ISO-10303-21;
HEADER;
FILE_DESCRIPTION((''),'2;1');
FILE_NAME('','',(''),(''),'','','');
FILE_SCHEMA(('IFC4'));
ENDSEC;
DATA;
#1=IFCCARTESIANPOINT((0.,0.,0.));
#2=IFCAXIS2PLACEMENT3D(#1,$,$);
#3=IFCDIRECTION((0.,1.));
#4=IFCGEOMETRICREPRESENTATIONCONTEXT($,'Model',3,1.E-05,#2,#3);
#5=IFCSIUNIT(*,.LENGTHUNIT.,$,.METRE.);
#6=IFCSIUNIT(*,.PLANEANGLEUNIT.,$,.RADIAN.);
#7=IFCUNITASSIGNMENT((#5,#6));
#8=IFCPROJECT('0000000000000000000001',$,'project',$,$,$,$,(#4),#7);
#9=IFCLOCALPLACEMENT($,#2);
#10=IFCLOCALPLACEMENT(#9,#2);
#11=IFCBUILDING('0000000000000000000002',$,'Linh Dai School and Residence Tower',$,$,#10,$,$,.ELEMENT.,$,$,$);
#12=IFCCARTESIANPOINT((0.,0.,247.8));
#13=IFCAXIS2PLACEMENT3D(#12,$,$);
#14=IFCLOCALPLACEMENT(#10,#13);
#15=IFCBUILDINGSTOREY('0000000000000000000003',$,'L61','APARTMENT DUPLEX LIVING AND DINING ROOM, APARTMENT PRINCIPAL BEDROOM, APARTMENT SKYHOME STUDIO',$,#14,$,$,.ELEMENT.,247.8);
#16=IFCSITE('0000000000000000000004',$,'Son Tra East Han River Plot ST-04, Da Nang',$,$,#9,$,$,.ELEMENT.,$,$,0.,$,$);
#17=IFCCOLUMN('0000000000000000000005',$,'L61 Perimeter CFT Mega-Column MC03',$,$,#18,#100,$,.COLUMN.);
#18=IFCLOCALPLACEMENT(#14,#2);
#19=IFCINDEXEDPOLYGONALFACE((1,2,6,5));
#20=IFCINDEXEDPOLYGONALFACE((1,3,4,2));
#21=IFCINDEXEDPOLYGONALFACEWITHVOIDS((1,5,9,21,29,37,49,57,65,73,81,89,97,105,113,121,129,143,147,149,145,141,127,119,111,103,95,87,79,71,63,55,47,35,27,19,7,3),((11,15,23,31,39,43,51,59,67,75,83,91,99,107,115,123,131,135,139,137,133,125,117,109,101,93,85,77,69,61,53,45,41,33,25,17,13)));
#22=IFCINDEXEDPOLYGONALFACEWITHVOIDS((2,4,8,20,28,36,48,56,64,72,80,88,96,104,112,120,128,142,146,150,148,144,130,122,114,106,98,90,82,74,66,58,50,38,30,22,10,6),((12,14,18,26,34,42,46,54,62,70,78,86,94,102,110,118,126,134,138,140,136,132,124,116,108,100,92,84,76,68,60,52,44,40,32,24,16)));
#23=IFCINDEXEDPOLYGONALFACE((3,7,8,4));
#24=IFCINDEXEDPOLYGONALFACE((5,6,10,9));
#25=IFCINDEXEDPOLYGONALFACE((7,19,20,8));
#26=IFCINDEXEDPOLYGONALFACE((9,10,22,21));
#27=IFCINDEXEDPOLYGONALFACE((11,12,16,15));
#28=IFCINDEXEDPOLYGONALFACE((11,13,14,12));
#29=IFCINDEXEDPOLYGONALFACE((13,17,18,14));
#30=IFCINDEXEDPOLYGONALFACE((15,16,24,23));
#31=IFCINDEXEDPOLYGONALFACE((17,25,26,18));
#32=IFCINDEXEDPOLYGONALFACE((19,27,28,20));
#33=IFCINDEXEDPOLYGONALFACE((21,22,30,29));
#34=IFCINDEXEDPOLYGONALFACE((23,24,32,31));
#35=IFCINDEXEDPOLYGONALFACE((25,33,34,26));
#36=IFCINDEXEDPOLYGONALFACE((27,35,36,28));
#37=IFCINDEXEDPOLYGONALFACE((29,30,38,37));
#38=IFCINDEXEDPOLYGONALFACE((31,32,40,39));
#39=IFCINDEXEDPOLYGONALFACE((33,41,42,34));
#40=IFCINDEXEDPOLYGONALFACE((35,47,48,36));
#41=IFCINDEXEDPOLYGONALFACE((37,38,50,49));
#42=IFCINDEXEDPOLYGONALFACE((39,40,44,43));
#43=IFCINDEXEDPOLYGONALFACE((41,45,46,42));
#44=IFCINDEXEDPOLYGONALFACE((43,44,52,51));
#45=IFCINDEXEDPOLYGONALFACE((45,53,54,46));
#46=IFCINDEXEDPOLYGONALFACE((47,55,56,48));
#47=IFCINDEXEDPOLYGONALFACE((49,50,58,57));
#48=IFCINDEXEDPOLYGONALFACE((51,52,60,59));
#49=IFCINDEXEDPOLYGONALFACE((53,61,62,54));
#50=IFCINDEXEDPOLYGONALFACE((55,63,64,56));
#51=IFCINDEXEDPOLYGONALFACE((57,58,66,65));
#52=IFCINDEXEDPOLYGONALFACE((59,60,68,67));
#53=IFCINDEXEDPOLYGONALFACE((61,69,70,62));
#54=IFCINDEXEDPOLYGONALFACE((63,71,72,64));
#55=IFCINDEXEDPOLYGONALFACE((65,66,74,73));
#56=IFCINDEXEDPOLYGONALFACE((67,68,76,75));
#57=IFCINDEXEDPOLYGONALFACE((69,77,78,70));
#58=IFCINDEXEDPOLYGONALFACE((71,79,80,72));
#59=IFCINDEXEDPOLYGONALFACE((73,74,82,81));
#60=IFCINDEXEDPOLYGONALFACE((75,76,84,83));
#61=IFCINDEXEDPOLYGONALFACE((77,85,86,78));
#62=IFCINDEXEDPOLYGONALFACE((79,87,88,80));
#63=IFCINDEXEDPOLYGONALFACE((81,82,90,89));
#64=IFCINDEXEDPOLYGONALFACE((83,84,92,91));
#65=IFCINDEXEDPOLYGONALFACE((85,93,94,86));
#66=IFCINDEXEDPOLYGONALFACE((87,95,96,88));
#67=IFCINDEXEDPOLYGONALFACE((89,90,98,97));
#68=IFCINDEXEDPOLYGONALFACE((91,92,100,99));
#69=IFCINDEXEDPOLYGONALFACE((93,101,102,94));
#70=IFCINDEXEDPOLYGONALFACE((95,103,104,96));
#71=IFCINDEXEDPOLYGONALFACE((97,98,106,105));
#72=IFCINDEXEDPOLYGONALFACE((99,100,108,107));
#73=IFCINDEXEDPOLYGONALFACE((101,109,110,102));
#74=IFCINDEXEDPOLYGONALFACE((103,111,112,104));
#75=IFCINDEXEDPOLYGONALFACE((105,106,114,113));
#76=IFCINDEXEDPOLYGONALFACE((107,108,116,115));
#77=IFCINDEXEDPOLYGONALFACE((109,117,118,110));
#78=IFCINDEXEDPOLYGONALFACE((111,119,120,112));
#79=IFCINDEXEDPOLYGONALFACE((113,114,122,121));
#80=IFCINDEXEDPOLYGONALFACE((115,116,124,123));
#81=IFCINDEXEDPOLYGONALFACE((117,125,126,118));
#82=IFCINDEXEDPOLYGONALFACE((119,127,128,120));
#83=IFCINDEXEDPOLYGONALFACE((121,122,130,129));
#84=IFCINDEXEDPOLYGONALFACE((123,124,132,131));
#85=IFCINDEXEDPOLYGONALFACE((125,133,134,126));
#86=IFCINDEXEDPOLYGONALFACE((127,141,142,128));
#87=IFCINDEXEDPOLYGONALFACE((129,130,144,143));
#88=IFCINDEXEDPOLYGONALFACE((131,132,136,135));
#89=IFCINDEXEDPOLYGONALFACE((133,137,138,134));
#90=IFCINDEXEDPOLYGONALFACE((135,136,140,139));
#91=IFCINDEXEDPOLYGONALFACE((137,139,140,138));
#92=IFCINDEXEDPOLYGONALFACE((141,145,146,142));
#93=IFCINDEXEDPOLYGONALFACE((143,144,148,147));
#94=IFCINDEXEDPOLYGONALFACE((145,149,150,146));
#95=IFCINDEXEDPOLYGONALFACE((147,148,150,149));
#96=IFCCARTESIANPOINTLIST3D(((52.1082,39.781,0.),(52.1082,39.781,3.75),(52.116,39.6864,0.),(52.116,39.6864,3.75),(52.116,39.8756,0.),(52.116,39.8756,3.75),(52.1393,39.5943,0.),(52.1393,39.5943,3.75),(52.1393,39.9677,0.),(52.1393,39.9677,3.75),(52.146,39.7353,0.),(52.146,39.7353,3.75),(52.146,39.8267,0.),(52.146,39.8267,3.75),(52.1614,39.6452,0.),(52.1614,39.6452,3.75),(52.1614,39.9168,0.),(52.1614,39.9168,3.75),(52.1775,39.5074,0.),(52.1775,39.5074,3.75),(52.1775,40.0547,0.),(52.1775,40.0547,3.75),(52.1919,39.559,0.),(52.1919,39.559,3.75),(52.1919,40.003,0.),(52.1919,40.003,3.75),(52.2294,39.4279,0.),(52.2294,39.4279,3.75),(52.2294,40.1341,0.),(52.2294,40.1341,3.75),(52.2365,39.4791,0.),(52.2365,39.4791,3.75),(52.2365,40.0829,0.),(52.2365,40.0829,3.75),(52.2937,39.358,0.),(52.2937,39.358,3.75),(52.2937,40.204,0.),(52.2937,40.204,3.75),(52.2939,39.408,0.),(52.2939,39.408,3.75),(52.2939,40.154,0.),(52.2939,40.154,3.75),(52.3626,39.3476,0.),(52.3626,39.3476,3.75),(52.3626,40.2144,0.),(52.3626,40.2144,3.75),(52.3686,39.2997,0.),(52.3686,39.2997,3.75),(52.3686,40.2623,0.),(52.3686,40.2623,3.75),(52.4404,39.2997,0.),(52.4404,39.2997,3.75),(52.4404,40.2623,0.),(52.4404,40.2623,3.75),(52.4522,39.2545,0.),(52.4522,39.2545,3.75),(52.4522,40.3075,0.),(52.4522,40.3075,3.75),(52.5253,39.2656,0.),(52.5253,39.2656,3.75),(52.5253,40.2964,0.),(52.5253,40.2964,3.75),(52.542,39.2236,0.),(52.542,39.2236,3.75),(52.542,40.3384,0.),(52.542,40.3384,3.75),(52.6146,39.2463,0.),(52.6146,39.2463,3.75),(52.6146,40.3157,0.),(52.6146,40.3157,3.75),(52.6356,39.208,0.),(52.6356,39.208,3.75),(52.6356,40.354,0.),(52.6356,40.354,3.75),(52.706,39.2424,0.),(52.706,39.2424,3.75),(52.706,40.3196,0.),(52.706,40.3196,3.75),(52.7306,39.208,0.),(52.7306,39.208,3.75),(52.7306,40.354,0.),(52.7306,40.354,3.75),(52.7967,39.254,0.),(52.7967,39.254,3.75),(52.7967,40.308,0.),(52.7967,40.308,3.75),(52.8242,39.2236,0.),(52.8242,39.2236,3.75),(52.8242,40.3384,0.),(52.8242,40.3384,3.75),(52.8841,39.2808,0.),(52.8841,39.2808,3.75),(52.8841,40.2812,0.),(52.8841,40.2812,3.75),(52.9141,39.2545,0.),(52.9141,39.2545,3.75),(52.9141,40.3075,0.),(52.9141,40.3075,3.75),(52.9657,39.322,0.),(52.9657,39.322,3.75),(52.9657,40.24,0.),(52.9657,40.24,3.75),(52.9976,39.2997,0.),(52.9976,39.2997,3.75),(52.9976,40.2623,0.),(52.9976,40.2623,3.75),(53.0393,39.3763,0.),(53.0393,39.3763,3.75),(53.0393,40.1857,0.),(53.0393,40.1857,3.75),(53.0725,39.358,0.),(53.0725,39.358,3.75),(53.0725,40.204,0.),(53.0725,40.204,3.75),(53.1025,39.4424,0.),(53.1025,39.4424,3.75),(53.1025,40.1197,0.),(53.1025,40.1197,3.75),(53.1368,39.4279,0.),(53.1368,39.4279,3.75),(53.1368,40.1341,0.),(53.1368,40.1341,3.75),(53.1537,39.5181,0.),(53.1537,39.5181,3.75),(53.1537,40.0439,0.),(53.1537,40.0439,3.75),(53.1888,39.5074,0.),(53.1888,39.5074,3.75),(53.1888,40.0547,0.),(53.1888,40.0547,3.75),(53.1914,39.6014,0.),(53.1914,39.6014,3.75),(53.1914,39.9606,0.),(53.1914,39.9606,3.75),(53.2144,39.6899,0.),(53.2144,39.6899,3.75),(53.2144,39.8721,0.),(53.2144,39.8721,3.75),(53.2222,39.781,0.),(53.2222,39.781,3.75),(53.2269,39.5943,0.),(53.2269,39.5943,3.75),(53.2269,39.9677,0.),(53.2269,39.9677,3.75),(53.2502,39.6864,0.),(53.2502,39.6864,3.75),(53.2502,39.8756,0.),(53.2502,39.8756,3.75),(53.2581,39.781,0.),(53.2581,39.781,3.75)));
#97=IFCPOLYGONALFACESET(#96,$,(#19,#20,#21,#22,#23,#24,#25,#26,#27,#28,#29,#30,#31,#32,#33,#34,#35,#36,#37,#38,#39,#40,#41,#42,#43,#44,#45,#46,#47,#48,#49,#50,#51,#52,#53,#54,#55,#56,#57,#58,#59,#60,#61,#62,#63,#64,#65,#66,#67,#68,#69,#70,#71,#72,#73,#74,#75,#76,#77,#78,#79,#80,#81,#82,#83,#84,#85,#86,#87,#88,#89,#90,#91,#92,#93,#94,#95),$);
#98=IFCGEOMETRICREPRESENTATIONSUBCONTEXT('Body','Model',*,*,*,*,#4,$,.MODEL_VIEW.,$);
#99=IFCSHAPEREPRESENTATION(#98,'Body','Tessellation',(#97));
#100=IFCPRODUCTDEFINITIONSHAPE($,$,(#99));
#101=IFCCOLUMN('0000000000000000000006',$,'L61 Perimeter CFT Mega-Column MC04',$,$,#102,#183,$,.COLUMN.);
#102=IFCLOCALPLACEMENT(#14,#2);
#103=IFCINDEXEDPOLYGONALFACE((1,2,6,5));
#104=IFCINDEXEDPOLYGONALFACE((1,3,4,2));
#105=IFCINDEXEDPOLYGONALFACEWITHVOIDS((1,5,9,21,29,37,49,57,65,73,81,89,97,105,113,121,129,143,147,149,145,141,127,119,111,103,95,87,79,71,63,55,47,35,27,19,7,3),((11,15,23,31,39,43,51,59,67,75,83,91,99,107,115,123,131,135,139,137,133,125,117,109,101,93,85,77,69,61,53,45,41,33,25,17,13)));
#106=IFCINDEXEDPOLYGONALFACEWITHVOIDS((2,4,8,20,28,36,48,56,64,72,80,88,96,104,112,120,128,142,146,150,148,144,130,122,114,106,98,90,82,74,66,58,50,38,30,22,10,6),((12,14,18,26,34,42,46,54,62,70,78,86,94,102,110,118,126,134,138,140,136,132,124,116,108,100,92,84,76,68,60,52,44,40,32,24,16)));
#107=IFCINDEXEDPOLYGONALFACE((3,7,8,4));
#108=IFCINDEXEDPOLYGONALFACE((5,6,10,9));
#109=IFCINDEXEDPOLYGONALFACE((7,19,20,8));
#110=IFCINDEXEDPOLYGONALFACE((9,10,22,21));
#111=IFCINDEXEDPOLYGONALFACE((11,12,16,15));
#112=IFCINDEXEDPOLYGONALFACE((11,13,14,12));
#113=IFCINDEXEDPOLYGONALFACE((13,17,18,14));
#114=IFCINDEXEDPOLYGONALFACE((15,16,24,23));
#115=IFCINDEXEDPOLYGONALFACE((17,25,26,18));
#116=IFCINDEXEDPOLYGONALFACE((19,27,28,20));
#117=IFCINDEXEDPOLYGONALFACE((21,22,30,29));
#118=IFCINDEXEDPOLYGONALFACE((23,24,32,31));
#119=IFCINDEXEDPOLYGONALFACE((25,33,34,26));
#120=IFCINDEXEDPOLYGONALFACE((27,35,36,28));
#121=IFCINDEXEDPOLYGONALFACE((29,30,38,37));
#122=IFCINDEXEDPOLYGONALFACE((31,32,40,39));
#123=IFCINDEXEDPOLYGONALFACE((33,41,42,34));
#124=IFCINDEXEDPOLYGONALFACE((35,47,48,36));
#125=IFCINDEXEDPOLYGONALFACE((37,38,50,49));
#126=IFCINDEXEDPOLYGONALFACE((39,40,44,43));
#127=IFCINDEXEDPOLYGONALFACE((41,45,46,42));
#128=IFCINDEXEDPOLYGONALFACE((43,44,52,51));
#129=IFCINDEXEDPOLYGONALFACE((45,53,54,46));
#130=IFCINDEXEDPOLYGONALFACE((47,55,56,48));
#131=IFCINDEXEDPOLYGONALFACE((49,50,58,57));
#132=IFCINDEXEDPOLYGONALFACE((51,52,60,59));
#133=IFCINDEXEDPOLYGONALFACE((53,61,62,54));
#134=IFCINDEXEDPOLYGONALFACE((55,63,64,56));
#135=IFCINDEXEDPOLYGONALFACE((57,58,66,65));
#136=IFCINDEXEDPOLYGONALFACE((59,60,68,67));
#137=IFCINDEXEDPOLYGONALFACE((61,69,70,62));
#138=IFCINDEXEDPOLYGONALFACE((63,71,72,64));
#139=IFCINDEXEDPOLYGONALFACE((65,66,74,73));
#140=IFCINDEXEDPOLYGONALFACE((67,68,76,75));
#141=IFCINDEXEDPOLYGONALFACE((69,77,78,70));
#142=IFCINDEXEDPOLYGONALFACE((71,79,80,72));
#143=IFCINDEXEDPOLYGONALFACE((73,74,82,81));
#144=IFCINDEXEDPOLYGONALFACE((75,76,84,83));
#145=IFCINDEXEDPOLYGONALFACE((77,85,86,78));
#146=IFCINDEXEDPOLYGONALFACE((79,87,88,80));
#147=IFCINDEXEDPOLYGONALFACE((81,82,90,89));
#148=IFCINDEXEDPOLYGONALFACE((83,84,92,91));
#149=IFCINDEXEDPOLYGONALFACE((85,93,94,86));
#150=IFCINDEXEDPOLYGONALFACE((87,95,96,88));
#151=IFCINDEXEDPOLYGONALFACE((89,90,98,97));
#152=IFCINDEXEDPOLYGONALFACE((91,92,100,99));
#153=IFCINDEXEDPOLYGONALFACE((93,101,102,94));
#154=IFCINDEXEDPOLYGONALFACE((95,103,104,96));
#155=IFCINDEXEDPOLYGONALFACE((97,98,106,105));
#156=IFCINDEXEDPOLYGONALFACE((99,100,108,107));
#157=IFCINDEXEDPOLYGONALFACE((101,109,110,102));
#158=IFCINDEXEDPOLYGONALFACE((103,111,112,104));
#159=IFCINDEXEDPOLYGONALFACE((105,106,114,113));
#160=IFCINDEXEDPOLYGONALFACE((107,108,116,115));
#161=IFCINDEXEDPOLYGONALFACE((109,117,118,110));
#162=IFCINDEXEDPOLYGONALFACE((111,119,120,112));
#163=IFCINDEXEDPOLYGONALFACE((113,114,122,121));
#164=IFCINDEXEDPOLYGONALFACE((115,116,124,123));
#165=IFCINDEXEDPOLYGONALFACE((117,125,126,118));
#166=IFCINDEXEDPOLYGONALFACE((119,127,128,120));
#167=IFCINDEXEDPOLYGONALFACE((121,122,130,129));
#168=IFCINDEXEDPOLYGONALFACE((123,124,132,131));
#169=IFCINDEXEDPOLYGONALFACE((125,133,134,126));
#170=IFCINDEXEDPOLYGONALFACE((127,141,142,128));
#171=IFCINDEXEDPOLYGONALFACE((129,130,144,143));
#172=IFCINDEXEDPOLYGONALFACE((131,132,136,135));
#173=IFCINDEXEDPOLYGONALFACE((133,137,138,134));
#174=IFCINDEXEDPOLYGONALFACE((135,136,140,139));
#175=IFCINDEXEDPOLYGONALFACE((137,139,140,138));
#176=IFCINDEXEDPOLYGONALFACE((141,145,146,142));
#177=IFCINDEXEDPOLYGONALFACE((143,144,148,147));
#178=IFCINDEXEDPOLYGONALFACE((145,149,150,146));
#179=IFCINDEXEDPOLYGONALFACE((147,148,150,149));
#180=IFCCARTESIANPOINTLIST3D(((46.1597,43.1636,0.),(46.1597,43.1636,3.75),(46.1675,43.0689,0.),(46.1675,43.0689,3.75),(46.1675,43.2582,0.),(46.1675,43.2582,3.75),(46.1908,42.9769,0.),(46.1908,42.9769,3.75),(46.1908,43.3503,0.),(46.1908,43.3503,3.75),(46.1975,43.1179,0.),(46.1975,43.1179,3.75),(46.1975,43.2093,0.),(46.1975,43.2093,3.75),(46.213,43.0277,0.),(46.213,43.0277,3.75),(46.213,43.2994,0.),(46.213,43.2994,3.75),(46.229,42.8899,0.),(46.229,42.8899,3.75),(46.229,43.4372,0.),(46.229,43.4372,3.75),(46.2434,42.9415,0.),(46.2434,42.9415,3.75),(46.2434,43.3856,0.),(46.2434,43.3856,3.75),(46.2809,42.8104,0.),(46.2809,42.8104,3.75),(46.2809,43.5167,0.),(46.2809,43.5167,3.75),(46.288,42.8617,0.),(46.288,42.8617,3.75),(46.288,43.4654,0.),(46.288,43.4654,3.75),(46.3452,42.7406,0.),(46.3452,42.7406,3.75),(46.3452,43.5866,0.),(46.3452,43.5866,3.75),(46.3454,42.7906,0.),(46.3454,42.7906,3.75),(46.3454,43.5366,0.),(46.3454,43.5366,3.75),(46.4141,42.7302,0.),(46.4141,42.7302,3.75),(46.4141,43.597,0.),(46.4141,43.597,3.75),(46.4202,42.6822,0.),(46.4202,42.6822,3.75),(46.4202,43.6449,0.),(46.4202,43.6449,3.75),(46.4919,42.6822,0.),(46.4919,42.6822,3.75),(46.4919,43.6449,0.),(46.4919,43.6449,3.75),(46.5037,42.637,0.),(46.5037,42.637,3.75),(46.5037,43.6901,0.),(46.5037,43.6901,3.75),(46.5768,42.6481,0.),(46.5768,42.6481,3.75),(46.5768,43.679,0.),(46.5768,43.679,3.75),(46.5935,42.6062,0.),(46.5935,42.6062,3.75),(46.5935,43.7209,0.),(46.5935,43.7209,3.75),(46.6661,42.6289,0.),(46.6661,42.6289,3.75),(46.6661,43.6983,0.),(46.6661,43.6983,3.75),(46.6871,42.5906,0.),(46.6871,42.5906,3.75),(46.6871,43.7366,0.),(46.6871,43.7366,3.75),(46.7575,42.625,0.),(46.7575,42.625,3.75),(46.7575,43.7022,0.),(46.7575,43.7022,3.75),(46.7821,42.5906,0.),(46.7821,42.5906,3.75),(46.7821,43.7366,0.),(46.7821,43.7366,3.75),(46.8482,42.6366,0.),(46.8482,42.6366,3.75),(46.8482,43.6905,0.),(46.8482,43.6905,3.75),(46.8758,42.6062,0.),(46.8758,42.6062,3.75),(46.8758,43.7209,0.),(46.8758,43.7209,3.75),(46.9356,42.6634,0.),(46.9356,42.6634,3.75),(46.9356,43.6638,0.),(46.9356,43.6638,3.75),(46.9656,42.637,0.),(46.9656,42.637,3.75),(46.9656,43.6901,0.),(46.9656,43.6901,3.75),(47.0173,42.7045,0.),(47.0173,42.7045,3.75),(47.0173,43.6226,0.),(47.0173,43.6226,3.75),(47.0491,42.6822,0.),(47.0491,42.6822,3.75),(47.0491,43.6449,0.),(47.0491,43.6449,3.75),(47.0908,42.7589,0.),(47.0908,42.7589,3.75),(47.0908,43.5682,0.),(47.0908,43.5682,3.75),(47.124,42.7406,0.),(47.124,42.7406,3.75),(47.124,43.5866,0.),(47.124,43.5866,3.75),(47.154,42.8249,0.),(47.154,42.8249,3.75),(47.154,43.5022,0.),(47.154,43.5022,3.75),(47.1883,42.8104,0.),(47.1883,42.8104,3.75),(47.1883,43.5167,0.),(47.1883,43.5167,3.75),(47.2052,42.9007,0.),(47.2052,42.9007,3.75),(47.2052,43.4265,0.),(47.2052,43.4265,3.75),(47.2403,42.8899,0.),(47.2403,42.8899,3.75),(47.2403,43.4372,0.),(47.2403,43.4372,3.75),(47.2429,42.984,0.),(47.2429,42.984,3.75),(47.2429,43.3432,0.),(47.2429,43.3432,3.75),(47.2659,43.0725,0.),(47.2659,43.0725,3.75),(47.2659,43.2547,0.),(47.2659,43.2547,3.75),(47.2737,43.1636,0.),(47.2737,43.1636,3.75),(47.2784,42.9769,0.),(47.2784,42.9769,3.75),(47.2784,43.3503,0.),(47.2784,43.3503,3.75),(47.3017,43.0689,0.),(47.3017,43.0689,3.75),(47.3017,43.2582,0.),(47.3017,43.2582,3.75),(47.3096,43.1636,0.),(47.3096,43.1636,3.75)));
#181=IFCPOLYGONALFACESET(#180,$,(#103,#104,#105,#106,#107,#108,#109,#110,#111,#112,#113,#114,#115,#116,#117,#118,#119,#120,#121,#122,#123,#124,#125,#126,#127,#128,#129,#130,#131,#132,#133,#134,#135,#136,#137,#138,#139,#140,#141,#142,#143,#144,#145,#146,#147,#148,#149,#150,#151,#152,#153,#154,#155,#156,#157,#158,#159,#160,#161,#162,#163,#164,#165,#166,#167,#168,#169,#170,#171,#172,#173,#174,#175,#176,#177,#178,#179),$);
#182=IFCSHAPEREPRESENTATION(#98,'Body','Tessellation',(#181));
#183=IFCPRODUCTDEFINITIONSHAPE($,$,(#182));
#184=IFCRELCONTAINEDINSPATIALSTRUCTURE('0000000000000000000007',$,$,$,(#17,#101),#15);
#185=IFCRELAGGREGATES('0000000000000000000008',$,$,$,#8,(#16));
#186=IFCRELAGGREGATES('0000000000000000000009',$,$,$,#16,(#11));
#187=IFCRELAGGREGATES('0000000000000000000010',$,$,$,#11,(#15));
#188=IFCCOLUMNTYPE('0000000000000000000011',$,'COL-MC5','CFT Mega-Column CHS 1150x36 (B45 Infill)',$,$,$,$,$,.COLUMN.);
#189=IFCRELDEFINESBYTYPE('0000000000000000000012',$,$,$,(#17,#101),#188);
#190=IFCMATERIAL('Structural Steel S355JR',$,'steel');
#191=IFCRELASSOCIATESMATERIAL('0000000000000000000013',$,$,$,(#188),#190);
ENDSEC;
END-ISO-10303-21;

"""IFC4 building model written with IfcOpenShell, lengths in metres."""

from ifc_helpers import new_model, si_unit, direction, frame, origin, origin_2d, place, context, subcontext, project, spatial, hollow_circle, extrude, material, material_profile, profile_set, type_object, element, save


model = new_model("IFC4")

# Units and contexts
model_context = context("Model", 3, precision=1e-05, world=origin(), true_north=direction((0.0, 1.0)))
body_context = subcontext(model_context, "Body", "Model", "MODEL_VIEW")
ifc_project = project(units=[si_unit("LENGTHUNIT", "METRE"), si_unit("PLANEANGLEUNIT", "RADIAN")], contexts=[model_context])

# Site, building, storey
site_placement = place(None, origin())
site = spatial("IfcSite", under=ifc_project, at=site_placement, Name="Son Tra East Han River Plot ST-04, Da Nang", CompositionType="ELEMENT", RefElevation=0.0)
building_placement = place(site_placement, origin())
building = spatial("IfcBuilding", under=site, at=building_placement, Name="Linh Dai School and Residence Tower", CompositionType="ELEMENT")
storey_placement = place(building_placement, frame((0.0, 0.0, 247.8)))
storey = spatial("IfcBuildingStorey", under=building, at=storey_placement, Name="L61", Description="APARTMENT DUPLEX LIVING AND DINING ROOM, APARTMENT PRINCIPAL BEDROOM, APARTMENT SKYHOME STUDIO", CompositionType="ELEMENT", Elevation=247.8)

# Columns
ifc_material_1 = material(Name="Structural Steel S355JR", Category="steel")
ifc_material_profile_1 = material_profile(ifc_material_1, hollow_circle(Radius=0.575, WallThickness=0.0359, at=origin_2d()), Name="CHS 1150x36")
ifc_profile_set_1 = profile_set([ifc_material_profile_1], Name="Structural Steel S355JR")
column_type = type_object("IfcColumnType", Name="COL-MC5", Description="CFT Mega-Column CHS 1150x36 (B45 Infill)", PredefinedType="COLUMN", material=ifc_profile_set_1)
for number, where, z_axis, x_axis, name in (
    (1, (52.6831, 39.781, 0.0), (0.0, 0.0, 1.0), (1.0, 0.0, 0.0), "L61 Perimeter CFT Mega-Column MC03"),
    (2, (46.7346, 43.1636, 0.0), (0.0, 0.0, 1.0), (1.0, 0.0, 0.0), "L61 Perimeter CFT Mega-Column MC04"),
):
    element("IfcColumn", number, at=place(storey_placement, frame(where, z_axis=z_axis, x_axis=x_axis)), inside=storey, type_object=column_type, Name=name, PredefinedType="COLUMN", context=body_context, shape_type="SweptSolid", body=[
        extrude(hollow_circle(Radius=0.575, WallThickness=0.0359, at=origin_2d()), origin(), (0.0, 0.0, 1.0), 3.75),
    ])

save(model, "model.ifc")
